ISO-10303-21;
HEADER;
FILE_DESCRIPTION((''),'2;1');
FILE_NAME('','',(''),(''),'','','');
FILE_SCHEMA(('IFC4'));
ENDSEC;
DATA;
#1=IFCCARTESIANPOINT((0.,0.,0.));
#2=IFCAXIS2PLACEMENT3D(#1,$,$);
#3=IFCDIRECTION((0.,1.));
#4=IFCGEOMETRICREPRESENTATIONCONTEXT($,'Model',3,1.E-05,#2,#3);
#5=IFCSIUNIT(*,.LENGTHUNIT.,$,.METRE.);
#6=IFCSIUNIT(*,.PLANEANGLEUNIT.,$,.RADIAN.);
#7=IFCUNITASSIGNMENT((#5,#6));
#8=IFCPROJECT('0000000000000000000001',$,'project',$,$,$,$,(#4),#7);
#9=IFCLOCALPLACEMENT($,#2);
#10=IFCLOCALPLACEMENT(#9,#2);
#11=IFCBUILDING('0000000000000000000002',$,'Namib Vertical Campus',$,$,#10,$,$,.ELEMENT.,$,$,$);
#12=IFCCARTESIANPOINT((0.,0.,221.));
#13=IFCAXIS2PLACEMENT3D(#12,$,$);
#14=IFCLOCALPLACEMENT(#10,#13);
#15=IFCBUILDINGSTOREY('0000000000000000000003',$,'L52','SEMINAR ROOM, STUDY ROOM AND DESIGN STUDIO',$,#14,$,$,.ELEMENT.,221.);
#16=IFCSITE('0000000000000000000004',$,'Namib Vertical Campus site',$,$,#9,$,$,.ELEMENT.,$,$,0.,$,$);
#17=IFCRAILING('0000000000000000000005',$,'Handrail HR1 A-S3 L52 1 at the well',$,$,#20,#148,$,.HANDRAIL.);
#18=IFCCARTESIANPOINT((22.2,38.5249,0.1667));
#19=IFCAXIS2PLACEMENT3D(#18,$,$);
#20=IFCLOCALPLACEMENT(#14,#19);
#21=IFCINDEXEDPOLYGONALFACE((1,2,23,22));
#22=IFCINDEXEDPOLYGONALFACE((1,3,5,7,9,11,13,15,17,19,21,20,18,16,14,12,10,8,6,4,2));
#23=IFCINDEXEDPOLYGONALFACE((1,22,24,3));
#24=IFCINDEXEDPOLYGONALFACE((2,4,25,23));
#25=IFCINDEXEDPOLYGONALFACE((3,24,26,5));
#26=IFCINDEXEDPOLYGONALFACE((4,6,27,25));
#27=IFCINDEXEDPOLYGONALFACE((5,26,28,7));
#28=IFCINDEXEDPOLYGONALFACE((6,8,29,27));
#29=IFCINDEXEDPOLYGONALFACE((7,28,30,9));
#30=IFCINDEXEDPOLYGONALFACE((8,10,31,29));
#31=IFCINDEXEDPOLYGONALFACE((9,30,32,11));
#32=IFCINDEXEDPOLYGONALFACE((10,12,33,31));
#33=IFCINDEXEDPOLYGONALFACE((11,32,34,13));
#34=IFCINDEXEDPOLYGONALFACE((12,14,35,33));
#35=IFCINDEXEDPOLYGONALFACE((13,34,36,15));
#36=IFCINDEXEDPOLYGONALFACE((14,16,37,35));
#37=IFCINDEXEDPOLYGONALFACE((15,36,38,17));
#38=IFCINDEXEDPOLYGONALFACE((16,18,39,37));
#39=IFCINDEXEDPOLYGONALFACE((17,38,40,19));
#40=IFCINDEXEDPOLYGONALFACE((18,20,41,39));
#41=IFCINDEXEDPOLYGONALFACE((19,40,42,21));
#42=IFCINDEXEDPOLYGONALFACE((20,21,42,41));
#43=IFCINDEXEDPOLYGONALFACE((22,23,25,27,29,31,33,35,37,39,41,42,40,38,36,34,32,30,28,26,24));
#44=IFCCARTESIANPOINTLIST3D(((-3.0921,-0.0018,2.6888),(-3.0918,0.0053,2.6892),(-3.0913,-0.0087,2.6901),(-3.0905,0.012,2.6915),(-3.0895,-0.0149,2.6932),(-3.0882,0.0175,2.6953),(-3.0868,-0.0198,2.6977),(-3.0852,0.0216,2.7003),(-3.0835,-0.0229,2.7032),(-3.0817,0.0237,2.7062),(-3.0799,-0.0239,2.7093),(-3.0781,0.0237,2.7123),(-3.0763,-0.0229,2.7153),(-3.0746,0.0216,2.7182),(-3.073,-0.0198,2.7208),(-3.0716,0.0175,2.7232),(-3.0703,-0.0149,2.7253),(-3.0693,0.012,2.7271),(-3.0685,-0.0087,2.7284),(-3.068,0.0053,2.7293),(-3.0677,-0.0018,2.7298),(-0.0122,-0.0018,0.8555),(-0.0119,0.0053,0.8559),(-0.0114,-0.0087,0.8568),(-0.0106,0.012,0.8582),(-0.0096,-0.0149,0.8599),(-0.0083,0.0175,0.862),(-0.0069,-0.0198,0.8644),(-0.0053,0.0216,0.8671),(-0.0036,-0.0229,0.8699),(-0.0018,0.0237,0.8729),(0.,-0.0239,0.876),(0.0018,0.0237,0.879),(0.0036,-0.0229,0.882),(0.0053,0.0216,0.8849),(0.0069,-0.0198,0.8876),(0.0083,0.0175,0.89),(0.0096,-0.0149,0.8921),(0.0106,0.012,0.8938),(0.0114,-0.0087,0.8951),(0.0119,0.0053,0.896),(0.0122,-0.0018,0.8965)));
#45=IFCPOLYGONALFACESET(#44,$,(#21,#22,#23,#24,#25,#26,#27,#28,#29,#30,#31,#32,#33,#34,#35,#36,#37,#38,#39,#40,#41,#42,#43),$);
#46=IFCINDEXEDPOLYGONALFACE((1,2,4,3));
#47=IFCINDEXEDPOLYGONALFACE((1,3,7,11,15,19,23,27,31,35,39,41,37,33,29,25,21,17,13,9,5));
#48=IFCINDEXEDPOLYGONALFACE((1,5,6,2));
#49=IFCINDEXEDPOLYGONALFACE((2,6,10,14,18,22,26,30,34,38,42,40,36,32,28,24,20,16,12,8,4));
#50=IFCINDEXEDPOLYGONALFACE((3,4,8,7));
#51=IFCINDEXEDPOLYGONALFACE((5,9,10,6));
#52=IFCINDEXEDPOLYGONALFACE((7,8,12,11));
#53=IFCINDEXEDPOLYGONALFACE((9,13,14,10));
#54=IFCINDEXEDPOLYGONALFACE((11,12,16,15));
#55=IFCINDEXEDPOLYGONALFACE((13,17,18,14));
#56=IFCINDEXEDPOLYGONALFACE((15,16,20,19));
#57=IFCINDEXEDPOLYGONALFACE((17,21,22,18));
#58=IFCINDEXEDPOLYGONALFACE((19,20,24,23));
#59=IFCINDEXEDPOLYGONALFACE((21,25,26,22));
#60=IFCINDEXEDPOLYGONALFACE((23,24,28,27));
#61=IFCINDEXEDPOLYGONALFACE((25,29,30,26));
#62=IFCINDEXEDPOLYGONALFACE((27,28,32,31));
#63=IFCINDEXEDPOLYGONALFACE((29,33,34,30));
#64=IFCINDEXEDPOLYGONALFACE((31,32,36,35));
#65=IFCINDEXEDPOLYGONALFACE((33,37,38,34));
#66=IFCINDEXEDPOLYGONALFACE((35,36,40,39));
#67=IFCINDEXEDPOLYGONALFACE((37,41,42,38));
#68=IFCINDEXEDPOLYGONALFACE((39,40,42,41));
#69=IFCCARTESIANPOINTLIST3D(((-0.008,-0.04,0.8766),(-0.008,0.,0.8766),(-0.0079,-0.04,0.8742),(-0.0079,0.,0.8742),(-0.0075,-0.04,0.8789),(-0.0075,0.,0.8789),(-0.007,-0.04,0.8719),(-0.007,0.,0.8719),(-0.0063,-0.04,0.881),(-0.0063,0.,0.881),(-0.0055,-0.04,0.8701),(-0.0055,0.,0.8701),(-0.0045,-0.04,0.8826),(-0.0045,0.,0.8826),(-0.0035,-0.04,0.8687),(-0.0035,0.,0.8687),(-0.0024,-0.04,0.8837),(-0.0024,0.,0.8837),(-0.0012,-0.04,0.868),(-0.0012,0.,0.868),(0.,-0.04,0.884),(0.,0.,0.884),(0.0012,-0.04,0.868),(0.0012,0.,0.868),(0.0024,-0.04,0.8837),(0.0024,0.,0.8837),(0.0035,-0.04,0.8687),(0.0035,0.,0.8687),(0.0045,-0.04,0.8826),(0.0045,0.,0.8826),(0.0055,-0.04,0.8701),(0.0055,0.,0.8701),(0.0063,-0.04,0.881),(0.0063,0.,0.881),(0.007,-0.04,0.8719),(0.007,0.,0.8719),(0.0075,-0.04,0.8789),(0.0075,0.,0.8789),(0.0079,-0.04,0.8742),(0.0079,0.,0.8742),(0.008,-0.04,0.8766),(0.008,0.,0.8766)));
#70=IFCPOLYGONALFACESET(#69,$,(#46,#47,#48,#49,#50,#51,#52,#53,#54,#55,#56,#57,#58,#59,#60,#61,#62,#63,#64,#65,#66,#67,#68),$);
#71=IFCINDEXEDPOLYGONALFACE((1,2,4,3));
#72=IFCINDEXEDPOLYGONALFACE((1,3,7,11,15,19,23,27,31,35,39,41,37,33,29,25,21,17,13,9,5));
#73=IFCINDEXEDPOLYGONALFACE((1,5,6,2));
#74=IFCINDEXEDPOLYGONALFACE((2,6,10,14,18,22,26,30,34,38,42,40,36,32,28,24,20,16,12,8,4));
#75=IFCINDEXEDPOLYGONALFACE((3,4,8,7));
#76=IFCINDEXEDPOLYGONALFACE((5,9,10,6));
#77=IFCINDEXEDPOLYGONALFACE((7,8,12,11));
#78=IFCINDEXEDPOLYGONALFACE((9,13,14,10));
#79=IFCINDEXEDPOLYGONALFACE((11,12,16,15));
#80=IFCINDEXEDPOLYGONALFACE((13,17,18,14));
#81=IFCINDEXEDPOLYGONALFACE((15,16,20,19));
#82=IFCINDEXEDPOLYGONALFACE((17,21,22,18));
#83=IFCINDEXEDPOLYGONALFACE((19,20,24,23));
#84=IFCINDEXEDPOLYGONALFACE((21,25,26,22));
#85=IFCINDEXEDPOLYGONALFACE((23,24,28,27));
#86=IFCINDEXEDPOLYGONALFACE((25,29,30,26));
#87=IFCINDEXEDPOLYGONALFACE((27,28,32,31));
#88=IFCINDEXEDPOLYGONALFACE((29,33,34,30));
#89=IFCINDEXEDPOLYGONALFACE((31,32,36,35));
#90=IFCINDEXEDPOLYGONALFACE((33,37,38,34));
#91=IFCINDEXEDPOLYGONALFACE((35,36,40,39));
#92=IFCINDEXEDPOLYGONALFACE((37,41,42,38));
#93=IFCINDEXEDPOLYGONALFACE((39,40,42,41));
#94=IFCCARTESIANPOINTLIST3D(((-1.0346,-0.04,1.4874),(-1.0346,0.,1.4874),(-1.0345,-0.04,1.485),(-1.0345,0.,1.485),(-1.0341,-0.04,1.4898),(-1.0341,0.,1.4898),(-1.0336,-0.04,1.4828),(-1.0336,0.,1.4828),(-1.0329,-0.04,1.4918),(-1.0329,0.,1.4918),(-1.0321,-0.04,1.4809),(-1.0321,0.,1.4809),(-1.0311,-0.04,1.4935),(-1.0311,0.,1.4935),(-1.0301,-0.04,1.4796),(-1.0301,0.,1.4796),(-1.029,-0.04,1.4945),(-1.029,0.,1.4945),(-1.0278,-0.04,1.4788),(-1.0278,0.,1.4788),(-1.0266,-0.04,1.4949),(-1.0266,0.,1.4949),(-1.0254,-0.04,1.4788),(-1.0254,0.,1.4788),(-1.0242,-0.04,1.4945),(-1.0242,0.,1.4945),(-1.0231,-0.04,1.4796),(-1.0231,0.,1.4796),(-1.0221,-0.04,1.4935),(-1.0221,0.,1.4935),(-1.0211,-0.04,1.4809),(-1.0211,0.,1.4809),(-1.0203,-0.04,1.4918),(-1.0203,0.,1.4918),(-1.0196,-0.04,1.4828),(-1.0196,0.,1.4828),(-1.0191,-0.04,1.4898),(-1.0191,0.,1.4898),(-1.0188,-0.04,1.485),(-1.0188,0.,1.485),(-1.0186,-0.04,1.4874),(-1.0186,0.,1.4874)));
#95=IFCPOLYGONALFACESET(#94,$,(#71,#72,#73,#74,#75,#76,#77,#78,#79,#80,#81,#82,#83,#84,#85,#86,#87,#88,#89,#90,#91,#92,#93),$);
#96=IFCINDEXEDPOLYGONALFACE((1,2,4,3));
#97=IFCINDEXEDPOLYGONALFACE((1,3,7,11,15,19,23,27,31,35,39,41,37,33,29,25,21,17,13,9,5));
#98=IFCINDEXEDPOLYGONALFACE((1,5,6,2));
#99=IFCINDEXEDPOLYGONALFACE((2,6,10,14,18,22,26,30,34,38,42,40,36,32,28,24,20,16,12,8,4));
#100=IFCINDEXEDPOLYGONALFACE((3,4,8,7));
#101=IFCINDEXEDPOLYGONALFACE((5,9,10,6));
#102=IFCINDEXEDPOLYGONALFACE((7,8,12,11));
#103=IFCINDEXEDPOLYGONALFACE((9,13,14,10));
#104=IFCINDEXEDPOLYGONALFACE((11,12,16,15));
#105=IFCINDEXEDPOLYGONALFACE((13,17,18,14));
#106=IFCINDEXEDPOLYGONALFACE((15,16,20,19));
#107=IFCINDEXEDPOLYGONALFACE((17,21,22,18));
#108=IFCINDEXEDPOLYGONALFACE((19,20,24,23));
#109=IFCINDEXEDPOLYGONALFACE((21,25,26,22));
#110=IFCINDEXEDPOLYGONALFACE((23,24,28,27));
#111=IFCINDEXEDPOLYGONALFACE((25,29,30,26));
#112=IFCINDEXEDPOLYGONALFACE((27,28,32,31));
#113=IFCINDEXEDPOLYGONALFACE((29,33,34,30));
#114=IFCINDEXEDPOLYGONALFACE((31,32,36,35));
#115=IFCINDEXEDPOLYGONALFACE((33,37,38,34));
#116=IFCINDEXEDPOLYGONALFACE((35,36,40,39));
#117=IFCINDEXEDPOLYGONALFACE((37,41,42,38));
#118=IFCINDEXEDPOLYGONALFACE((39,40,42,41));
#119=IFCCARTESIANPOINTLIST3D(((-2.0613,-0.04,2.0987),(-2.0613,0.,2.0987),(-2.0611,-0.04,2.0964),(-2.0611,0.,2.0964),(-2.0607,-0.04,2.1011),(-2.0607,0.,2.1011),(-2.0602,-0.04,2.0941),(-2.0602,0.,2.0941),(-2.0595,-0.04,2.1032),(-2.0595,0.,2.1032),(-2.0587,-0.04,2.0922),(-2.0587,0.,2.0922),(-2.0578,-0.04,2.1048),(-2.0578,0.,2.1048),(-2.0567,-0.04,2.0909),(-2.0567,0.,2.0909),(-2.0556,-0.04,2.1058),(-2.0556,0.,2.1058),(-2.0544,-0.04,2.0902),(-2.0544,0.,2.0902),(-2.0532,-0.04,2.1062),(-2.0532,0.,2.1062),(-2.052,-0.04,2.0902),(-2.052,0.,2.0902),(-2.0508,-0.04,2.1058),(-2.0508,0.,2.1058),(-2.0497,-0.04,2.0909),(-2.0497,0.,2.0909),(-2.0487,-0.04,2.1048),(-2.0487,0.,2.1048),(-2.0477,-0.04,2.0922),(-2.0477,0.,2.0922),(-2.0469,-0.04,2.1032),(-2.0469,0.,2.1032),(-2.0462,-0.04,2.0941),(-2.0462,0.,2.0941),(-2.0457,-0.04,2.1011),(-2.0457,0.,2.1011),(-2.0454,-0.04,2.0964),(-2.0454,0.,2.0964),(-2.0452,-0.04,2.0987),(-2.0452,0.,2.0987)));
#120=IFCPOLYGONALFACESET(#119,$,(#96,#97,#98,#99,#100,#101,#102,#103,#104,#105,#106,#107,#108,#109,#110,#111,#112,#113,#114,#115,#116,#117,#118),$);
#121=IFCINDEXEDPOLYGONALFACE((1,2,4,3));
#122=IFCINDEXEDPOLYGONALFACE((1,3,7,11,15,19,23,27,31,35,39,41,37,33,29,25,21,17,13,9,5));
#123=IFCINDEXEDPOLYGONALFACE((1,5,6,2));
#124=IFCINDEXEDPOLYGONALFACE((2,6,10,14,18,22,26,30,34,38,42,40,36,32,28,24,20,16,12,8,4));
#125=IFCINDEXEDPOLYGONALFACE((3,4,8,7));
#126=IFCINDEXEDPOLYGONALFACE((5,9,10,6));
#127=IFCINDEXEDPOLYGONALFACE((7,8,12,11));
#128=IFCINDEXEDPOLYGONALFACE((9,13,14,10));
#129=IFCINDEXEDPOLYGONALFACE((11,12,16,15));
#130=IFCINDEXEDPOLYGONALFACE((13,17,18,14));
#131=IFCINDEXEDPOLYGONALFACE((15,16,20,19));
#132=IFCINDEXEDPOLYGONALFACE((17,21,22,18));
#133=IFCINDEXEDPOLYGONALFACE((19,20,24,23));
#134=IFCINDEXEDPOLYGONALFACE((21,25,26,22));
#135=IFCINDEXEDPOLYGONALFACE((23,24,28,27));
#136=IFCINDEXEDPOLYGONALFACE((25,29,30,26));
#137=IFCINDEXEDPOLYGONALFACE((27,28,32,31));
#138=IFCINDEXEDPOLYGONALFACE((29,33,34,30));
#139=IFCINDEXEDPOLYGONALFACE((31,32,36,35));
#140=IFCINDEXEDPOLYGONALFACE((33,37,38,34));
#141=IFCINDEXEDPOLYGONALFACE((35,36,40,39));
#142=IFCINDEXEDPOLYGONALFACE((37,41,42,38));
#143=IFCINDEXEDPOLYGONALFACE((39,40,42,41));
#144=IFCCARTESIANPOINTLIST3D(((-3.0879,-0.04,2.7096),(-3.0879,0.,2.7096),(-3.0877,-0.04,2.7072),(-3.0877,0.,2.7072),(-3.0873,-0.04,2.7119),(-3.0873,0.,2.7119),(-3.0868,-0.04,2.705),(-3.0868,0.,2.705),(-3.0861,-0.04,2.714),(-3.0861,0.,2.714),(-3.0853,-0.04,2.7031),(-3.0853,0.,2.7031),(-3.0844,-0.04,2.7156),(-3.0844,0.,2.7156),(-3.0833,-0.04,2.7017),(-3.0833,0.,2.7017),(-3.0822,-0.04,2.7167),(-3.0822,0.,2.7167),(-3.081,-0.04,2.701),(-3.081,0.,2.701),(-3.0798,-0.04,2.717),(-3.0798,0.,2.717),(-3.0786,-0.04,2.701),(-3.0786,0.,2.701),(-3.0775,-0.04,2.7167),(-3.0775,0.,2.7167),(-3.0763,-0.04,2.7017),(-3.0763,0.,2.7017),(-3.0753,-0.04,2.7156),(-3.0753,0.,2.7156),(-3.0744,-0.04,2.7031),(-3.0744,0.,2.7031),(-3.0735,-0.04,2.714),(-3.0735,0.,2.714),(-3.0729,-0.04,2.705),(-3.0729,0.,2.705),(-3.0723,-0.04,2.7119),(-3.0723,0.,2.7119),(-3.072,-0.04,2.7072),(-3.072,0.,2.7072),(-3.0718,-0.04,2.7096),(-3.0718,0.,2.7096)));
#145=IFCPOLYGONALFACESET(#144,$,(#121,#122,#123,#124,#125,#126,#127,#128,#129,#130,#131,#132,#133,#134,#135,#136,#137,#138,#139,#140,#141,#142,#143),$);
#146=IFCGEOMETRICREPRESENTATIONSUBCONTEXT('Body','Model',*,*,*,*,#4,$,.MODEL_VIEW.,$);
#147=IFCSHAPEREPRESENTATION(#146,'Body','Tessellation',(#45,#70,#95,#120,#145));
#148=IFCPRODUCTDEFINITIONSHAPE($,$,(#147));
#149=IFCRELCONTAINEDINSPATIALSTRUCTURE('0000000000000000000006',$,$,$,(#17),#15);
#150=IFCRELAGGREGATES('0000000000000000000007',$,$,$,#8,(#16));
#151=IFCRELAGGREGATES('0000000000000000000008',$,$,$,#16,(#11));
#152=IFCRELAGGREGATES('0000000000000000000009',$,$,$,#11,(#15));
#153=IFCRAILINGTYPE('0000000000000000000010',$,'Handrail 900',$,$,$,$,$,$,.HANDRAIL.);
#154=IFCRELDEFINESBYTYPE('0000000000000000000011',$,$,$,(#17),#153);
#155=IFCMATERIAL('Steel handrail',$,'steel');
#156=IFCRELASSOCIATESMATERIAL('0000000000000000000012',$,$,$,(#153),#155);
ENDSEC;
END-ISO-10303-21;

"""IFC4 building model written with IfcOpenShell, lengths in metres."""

from ifc_helpers import new_model, si_unit, direction, frame, origin, origin_2d, place, context, subcontext, project, spatial, circle, extrude, material, type_object, element, save


model = new_model("IFC4")

# Units and contexts
model_context = context("Model", 3, precision=1e-05, world=origin(), true_north=direction((0.0, 1.0)))
body_context = subcontext(model_context, "Body", "Model", "MODEL_VIEW")
ifc_project = project(units=[si_unit("LENGTHUNIT", "METRE"), si_unit("PLANEANGLEUNIT", "RADIAN")], contexts=[model_context])

# Site, building, storey
site_placement = place(None, origin())
site = spatial("IfcSite", under=ifc_project, at=site_placement, Name="Namib Vertical Campus site", CompositionType="ELEMENT", RefElevation=0.0)
building_placement = place(site_placement, origin())
building = spatial("IfcBuilding", under=site, at=building_placement, Name="Namib Vertical Campus", CompositionType="ELEMENT")
storey_placement = place(building_placement, frame((0.0, 0.0, 221.0)))
storey = spatial("IfcBuildingStorey", under=building, at=storey_placement, Name="L52", Description="SEMINAR ROOM, STUDY ROOM AND DESIGN STUDIO", CompositionType="ELEMENT", Elevation=221.0)

# Railing
ifc_material_1 = material(Name="Steel handrail", Category="steel")
railing_type_1 = type_object("IfcRailingType", Name="Handrail 900", PredefinedType="HANDRAIL", material=ifc_material_1)
railing_1_placement = place(storey_placement, frame((22.2, 38.5249, 0.1667)))
element("IfcRailing", 1, at=railing_1_placement, inside=storey, type_object=railing_type_1, Name="Handrail HR1 A-S3 L52 1 at the well", PredefinedType="HANDRAIL", context=body_context, shape_type="SweptSolid", body=[
    extrude(circle(Radius=0.0239, at=origin_2d()), frame((0.0, 0.0, 0.876), z_axis=(-0.859291, 0.0, 0.511487), x_axis=(0.0, -1.0, 0.0)), (0.0, 0.0, 1.0), 3.5842),
    extrude(circle(Radius=0.0081, at=origin_2d()), frame((0.0, 0.0, 0.876), z_axis=(0.0, -1.0, 0.0), x_axis=(0.0, 0.0, 1.0)), (0.0, 0.0, 1.0), 0.04),
    extrude(circle(Radius=0.0081, at=origin_2d()), frame((-1.0266, 0.0, 1.4868), z_axis=(0.0, -1.0, 0.0), x_axis=(0.0, 0.0, 1.0)), (0.0, 0.0, 1.0), 0.04),
    extrude(circle(Radius=0.0081, at=origin_2d()), frame((-2.0532, 0.0, 2.0981), z_axis=(0.0, -1.0, 0.0), x_axis=(0.0, 0.0, 1.0)), (0.0, 0.0, 1.0), 0.04),
    extrude(circle(Radius=0.0081, at=origin_2d()), frame((-3.0798, 0.0, 2.709), z_axis=(0.0, -1.0, 0.0), x_axis=(0.0, 0.0, 1.0)), (0.0, 0.0, 1.0), 0.04),
])

save(model, "model.ifc")
